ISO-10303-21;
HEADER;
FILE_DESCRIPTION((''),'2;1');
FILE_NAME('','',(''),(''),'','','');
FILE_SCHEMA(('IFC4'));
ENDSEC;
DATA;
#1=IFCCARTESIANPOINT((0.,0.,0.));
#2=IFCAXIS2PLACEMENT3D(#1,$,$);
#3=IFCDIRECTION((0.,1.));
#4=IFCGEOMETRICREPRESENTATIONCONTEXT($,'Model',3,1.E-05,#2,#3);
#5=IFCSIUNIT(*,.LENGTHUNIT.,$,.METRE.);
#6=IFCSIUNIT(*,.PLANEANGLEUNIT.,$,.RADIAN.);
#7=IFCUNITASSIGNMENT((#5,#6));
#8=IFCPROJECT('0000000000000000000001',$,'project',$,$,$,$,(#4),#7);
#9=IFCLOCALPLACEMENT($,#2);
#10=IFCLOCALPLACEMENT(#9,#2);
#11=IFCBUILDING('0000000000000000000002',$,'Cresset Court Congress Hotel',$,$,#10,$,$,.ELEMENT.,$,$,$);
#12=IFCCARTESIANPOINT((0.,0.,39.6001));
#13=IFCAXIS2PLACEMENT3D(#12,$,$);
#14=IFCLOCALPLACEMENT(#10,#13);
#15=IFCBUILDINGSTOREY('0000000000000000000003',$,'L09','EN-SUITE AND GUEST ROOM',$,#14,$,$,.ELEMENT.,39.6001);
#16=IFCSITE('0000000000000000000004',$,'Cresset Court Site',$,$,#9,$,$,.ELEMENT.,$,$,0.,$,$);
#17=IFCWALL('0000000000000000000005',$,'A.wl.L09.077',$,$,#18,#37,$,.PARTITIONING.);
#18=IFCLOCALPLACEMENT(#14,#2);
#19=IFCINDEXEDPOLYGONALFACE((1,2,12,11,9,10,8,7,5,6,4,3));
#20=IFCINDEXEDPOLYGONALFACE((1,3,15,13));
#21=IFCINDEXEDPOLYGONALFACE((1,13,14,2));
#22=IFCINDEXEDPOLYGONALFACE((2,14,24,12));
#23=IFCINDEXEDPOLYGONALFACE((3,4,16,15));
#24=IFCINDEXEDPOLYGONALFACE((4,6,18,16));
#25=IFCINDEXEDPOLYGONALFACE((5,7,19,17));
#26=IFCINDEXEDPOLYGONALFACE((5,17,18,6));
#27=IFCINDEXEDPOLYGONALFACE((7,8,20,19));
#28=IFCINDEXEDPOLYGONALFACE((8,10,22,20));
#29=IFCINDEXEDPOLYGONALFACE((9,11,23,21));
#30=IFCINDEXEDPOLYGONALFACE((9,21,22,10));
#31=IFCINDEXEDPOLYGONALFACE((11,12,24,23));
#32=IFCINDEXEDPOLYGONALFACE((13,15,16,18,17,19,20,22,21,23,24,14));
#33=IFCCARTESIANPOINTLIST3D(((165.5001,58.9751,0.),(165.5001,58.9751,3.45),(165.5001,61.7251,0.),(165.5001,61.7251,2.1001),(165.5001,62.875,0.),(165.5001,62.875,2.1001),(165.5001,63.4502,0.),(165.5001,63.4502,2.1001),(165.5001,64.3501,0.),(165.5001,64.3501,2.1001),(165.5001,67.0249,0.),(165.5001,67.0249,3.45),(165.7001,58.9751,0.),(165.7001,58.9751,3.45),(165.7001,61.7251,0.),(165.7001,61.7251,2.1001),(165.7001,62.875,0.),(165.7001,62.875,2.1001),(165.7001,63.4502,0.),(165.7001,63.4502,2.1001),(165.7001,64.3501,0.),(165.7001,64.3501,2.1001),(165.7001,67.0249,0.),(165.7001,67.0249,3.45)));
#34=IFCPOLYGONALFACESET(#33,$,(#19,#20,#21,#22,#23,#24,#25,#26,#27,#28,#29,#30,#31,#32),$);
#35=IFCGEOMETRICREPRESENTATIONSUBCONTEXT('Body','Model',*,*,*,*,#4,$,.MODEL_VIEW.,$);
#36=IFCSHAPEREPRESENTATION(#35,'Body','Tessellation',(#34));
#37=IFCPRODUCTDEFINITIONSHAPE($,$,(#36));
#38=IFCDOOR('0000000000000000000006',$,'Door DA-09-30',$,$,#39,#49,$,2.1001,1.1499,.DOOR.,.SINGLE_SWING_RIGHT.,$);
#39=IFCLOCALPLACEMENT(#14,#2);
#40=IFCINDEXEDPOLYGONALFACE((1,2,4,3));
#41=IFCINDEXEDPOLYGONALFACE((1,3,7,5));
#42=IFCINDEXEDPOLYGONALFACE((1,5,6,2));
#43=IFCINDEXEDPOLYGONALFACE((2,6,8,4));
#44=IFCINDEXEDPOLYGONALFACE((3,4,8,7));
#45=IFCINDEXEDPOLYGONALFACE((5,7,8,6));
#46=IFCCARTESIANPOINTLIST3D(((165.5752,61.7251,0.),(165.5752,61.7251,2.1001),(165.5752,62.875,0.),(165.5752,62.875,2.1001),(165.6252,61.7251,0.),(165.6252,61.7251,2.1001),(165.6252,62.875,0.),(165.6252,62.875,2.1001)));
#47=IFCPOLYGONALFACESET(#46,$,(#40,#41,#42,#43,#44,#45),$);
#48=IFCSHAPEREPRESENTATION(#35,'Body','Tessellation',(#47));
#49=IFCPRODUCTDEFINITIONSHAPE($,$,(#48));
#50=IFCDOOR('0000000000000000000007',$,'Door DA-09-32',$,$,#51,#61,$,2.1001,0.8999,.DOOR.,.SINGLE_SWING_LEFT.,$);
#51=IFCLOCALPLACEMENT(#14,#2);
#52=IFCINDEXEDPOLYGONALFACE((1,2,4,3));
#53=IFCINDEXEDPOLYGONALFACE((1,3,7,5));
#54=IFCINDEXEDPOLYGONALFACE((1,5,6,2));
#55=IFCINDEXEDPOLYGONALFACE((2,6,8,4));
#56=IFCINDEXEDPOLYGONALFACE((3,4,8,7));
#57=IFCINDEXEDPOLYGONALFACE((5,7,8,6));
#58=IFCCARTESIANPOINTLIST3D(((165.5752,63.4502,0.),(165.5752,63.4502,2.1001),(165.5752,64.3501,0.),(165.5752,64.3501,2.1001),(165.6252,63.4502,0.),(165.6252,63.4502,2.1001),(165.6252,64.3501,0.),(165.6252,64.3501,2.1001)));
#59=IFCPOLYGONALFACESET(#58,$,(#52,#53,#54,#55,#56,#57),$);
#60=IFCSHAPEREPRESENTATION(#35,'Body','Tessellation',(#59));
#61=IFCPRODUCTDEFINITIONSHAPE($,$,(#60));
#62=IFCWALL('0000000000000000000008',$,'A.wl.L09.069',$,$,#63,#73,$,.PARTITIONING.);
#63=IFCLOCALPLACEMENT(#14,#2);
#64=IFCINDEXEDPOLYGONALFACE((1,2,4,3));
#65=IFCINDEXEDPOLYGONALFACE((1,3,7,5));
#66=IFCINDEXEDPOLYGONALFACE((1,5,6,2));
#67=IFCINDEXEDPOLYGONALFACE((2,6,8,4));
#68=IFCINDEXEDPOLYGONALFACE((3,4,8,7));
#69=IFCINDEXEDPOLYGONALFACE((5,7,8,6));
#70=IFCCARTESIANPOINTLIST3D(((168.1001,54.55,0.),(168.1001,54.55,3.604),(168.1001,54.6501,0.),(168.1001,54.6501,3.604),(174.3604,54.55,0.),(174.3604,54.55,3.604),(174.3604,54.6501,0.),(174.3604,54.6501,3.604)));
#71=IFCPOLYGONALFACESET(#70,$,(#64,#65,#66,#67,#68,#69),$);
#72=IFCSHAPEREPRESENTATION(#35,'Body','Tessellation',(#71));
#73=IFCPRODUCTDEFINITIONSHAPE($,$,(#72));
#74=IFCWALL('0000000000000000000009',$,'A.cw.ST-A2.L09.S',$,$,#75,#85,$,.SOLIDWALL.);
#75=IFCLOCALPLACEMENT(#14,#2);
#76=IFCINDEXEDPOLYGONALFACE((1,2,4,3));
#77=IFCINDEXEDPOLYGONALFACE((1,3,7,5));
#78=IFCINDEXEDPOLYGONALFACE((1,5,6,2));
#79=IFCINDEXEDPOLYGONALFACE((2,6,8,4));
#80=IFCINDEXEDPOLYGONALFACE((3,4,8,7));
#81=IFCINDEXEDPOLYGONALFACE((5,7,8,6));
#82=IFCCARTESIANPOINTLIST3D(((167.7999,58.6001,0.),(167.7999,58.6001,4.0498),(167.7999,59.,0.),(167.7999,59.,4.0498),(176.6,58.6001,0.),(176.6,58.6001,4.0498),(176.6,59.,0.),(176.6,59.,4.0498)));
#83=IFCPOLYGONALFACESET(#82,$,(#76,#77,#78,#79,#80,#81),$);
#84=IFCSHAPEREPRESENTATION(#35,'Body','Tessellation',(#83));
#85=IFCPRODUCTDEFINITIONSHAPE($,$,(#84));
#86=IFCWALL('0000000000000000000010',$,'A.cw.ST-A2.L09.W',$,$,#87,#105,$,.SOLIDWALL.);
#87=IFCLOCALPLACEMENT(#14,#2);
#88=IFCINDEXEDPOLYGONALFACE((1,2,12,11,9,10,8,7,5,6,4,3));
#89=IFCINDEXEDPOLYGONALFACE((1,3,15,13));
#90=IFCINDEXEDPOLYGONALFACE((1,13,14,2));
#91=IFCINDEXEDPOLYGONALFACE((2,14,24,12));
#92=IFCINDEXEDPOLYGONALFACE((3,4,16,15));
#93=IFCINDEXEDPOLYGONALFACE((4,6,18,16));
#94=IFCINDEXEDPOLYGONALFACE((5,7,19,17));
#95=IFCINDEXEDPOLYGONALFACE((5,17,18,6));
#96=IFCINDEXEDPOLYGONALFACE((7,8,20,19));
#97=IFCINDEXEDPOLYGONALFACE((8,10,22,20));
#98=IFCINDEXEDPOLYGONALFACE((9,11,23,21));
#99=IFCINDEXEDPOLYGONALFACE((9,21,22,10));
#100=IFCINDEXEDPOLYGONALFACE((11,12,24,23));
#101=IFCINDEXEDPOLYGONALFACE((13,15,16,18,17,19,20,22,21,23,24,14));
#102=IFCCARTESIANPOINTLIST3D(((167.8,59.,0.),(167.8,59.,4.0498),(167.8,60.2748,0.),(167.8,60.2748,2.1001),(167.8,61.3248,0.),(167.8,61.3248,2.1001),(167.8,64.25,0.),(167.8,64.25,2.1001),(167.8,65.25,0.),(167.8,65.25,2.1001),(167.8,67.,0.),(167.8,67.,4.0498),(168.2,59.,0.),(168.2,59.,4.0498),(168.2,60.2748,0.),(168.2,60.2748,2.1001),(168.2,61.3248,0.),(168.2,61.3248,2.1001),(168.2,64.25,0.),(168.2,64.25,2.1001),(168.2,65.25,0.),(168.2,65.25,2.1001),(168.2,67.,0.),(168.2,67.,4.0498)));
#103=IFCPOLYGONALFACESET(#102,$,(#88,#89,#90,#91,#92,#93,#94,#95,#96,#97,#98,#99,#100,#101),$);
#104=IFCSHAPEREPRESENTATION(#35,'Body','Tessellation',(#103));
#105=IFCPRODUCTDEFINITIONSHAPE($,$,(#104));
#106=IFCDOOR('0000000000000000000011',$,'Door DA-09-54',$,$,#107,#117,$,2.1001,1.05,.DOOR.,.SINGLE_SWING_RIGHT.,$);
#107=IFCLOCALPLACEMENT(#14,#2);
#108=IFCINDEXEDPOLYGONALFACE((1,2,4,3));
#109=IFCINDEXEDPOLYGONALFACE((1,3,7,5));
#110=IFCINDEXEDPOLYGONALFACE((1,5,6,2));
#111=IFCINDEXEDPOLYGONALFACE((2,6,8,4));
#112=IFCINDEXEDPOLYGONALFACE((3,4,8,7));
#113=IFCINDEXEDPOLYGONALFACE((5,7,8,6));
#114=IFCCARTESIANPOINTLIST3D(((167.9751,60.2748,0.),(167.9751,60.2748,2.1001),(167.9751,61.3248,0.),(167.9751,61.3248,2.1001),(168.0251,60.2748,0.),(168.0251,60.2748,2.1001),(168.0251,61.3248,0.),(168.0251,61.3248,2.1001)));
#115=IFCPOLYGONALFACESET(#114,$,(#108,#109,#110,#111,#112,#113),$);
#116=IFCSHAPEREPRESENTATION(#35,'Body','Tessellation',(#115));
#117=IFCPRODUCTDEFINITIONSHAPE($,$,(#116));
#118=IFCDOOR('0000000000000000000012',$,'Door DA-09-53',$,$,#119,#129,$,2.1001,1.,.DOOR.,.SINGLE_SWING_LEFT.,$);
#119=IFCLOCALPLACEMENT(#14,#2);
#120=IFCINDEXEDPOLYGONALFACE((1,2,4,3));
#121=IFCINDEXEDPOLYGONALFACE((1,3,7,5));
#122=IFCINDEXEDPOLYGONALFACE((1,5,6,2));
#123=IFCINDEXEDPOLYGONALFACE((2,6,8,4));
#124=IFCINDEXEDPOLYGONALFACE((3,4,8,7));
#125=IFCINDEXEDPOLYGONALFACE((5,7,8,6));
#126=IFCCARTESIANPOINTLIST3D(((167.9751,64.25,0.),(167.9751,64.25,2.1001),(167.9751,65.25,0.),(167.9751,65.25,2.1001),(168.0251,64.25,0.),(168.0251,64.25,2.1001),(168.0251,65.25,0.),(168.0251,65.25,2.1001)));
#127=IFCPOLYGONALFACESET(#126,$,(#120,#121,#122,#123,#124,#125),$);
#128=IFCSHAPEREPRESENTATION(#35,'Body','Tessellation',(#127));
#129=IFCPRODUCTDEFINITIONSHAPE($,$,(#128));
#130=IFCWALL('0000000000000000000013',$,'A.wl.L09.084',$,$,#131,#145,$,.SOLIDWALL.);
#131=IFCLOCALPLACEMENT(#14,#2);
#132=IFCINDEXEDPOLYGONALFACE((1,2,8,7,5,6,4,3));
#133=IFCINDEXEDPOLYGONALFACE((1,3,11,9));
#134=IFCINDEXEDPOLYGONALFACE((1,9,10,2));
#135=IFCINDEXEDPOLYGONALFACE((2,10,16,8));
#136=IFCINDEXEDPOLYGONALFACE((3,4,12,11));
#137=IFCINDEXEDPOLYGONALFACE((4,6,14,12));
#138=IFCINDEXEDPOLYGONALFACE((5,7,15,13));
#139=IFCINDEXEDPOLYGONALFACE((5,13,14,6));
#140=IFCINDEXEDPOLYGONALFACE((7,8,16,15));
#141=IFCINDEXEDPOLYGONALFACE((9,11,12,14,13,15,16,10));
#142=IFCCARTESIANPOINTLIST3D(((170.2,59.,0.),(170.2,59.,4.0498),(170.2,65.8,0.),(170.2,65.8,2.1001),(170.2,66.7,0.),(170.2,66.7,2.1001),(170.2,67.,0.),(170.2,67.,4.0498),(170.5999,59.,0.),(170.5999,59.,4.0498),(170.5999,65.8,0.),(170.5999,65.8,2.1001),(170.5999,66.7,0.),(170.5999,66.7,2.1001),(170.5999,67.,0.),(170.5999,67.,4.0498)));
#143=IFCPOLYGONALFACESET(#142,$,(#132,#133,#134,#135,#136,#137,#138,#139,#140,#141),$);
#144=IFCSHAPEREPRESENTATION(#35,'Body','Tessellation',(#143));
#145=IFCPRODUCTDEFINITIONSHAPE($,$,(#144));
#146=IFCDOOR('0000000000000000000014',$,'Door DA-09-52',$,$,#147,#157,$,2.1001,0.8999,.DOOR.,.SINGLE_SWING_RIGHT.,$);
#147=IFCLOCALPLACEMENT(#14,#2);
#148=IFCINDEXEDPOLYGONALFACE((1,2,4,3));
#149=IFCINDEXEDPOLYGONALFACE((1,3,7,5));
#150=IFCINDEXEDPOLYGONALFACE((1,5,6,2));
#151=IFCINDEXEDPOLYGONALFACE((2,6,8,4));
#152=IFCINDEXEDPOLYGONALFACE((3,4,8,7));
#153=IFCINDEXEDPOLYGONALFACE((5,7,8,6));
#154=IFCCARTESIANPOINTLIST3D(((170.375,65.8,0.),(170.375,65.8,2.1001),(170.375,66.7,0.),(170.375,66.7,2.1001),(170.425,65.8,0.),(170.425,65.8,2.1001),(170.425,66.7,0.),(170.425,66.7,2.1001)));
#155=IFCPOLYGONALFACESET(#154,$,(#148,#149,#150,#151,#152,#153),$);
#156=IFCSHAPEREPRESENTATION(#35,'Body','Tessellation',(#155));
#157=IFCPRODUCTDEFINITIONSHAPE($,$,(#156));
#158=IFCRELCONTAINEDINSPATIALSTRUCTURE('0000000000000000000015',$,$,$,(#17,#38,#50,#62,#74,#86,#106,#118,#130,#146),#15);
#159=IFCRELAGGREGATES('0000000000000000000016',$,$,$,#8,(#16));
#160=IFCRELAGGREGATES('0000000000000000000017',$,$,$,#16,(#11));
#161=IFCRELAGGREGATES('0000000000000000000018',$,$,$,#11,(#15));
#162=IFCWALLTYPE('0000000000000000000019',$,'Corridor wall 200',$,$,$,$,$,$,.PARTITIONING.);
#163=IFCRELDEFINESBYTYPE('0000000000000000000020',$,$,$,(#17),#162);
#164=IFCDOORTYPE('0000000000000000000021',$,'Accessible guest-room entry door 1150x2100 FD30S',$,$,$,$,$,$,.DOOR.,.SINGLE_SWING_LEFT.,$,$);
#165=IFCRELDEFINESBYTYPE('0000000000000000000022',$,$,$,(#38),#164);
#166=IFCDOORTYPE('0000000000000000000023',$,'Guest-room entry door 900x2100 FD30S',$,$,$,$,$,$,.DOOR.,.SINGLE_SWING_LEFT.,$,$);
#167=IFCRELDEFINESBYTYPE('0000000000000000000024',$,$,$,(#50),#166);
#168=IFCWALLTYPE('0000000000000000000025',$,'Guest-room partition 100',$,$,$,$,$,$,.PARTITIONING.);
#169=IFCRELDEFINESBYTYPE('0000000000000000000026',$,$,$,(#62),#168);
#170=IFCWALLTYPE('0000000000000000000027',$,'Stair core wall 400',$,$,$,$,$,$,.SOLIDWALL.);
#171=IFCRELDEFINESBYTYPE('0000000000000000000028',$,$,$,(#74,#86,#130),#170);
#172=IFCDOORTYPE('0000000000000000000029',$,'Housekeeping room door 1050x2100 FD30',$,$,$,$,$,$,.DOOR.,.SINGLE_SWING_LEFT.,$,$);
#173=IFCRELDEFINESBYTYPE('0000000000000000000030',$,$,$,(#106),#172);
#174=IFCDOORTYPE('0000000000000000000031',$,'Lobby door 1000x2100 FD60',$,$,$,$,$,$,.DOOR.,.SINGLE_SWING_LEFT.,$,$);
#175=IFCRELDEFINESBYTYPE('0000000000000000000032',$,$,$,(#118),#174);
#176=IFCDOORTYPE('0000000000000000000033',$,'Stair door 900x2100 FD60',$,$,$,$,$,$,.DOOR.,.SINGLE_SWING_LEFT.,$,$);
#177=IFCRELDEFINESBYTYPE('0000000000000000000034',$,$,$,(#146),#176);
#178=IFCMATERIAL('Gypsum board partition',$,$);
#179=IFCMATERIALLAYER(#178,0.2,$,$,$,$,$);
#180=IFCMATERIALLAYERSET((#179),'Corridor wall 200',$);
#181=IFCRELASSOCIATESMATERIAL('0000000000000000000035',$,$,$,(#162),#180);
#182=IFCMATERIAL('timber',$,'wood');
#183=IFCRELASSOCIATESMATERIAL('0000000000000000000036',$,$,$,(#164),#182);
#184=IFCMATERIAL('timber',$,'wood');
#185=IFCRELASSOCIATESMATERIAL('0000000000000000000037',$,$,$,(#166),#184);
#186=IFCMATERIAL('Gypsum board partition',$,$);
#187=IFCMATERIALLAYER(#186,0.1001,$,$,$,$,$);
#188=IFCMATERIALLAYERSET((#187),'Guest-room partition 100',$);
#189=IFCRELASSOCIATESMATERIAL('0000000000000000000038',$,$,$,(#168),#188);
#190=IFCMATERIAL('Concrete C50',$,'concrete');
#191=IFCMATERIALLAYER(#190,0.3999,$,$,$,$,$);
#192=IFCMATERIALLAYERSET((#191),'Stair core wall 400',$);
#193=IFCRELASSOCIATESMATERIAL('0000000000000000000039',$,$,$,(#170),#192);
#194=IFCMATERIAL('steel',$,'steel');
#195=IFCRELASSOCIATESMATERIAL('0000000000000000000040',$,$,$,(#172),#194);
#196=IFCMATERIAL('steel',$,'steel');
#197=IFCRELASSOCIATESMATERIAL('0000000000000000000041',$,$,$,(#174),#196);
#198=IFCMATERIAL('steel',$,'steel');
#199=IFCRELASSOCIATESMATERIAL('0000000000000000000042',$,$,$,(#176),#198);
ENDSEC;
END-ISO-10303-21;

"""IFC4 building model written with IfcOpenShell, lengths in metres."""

from ifc_helpers import new_model, si_unit, direction, frame, frame_2d, origin, place, context, subcontext, project, spatial, rectangle, extrude, material, layer, layer_set, type_object, element, fill, save


model = new_model("IFC4")

# Units and contexts
model_context = context("Model", 3, precision=1e-05, world=origin(), true_north=direction((0.0, 1.0)))
body_context = subcontext(model_context, "Body", "Model", "MODEL_VIEW")
ifc_project = project(units=[si_unit("LENGTHUNIT", "METRE"), si_unit("PLANEANGLEUNIT", "RADIAN")], contexts=[model_context])

# Site, building, storey
site_placement = place(None, origin())
site = spatial("IfcSite", under=ifc_project, at=site_placement, Name="Cresset Court Site", CompositionType="ELEMENT", RefElevation=0.0)
building_placement = place(site_placement, origin())
building = spatial("IfcBuilding", under=site, at=building_placement, Name="Cresset Court Congress Hotel", CompositionType="ELEMENT")
storey_placement = place(building_placement, frame((0.0, 0.0, 39.6001)))
storey = spatial("IfcBuildingStorey", under=building, at=storey_placement, Name="L09", Description="EN-SUITE AND GUEST ROOM", CompositionType="ELEMENT", Elevation=39.6001)

# Wall, openings, doors
ifc_material_1 = material(Name="Gypsum board partition")
ifc_layer_1 = layer(ifc_material_1, 0.2)
ifc_layer_set_1 = layer_set([ifc_layer_1], Name="Corridor wall 200")
wall_type_1 = type_object("IfcWallType", Name="Corridor wall 200", PredefinedType="PARTITIONING", material=ifc_layer_set_1)
wall_1_placement = place(storey_placement, frame((165.6001, 58.9751, 0.0), z_axis=(0.0, 0.0, 1.0), x_axis=(0.0, 1.0, 0.0)))
wall_1 = element("IfcWall", 1, at=wall_1_placement, inside=storey, type_object=wall_type_1, Name="A.wl.L09.077", PredefinedType="PARTITIONING", context=body_context, shape_type="SweptSolid", body=[
    extrude(rectangle(XDim=8.0498, YDim=0.2, at=frame_2d((4.0249, 0.0))), origin(), (0.0, 0.0, 1.0), 3.45),
])
opening_1_placement = place(wall_1_placement, frame((2.75, 0.0, 0.0)))
opening_1 = element("IfcOpeningElement", 2, at=opening_1_placement, cuts=wall_1, PredefinedType="OPENING", context=body_context, shape_type="SweptSolid", body=[
    extrude(rectangle(XDim=1.1499, YDim=2.1001, at=frame_2d((0.575, 1.05))), frame((0.0, 0.1099, 0.0), z_axis=(0.0, -1.0, 0.0), x_axis=(1.0, 0.0, 0.0)), (0.0, 0.0, 1.0), 0.22),
])
opening_2_placement = place(wall_1_placement, frame((4.4751, 0.0, 0.0)))
opening_2 = element("IfcOpeningElement", 3, at=opening_2_placement, cuts=wall_1, PredefinedType="OPENING", context=body_context, shape_type="SweptSolid", body=[
    extrude(rectangle(XDim=0.8999, YDim=2.1001, at=frame_2d((0.45, 1.05))), frame((0.0, 0.1099, 0.0), z_axis=(0.0, -1.0, 0.0), x_axis=(1.0, 0.0, 0.0)), (0.0, 0.0, 1.0), 0.22),
])
ifc_material_2 = material(Name="timber", Category="wood")
door_type_1 = type_object("IfcDoorType", Name="Accessible guest-room entry door 1150x2100 FD30S", OperationType="SINGLE_SWING_LEFT", PredefinedType="DOOR", material=ifc_material_2)
door_1_placement = place(opening_1_placement, origin())
door_1 = element("IfcDoor", 4, at=door_1_placement, inside=storey, type_object=door_type_1, Name="Door DA-09-30", OperationType="SINGLE_SWING_RIGHT", OverallHeight=2.1001, OverallWidth=1.1499, PredefinedType="DOOR", context=body_context, shape_type="SweptSolid", body=[
    extrude(rectangle(XDim=1.1499, YDim=2.1001, at=frame_2d((0.575, 1.05))), frame((0.0, 0.0249, 0.0), z_axis=(0.0, -1.0, 0.0), x_axis=(1.0, 0.0, 0.0)), (0.0, 0.0, 1.0), 0.05),
])
fill(opening_1, door_1)
ifc_material_3 = material(Name="timber", Category="wood")
door_type_2 = type_object("IfcDoorType", Name="Guest-room entry door 900x2100 FD30S", OperationType="SINGLE_SWING_LEFT", PredefinedType="DOOR", material=ifc_material_3)
door_2_placement = place(opening_2_placement, origin())
door_2 = element("IfcDoor", 5, at=door_2_placement, inside=storey, type_object=door_type_2, Name="Door DA-09-32", OperationType="SINGLE_SWING_LEFT", OverallHeight=2.1001, OverallWidth=0.8999, PredefinedType="DOOR", context=body_context, shape_type="SweptSolid", body=[
    extrude(rectangle(XDim=0.8999, YDim=2.1001, at=frame_2d((0.45, 1.05))), frame((0.0, 0.0249, 0.0), z_axis=(0.0, -1.0, 0.0), x_axis=(1.0, 0.0, 0.0)), (0.0, 0.0, 1.0), 0.05),
])
fill(opening_2, door_2)

# Walls
ifc_material_4 = material(Name="Gypsum board partition")
ifc_layer_2 = layer(ifc_material_4, 0.1001)
ifc_layer_set_2 = layer_set([ifc_layer_2], Name="Guest-room partition 100")
wall_type_2 = type_object("IfcWallType", Name="Guest-room partition 100", PredefinedType="PARTITIONING", material=ifc_layer_set_2)
wall_2_placement = place(storey_placement, frame((168.1001, 54.6001, 0.0), z_axis=(0.0, 0.0, 1.0), x_axis=(1.0, 0.0, 0.0)))
element("IfcWall", 6, at=wall_2_placement, inside=storey, type_object=wall_type_2, Name="A.wl.L09.069", PredefinedType="PARTITIONING", context=body_context, shape_type="SweptSolid", body=[
    extrude(rectangle(XDim=6.2603, YDim=0.1001, at=frame_2d((3.1301, 0.0))), origin(), (0.0, 0.0, 1.0), 3.604),
])
ifc_material_5 = material(Name="Concrete C50", Category="concrete")
ifc_layer_3 = layer(ifc_material_5, 0.3999)
ifc_layer_set_3 = layer_set([ifc_layer_3], Name="Stair core wall 400")
wall_type_3 = type_object("IfcWallType", Name="Stair core wall 400", PredefinedType="SOLIDWALL", material=ifc_layer_set_3)
wall_3_placement = place(storey_placement, frame((167.8, 58.8, 0.0), z_axis=(0.0, 0.0, 1.0), x_axis=(1.0, 0.0, 0.0)))
element("IfcWall", 7, at=wall_3_placement, inside=storey, type_object=wall_type_3, Name="A.cw.ST-A2.L09.S", PredefinedType="SOLIDWALL", context=body_context, shape_type="SweptSolid", body=[
    extrude(rectangle(XDim=8.8, YDim=0.3999, at=frame_2d((4.3999, 0.0))), origin(), (0.0, 0.0, 1.0), 4.0498),
])

# Wall, openings, doors
wall_4_placement = place(storey_placement, frame((168.0, 59.0, 0.0), z_axis=(0.0, 0.0, 1.0), x_axis=(0.0, 1.0, 0.0)))
wall_4 = element("IfcWall", 8, at=wall_4_placement, inside=storey, type_object=wall_type_3, Name="A.cw.ST-A2.L09.W", PredefinedType="SOLIDWALL", context=body_context, shape_type="SweptSolid", body=[
    extrude(rectangle(XDim=8.0, YDim=0.3999, at=frame_2d((4.0, 0.0))), origin(), (0.0, 0.0, 1.0), 4.0498),
])
opening_3_placement = place(wall_4_placement, frame((5.25, 0.0, 0.0)))
opening_3 = element("IfcOpeningElement", 9, at=opening_3_placement, cuts=wall_4, PredefinedType="OPENING", context=body_context, shape_type="SweptSolid", body=[
    extrude(rectangle(XDim=1.0, YDim=2.1001, at=frame_2d((0.5, 1.05))), frame((0.0, 0.21, 0.0), z_axis=(0.0, -1.0, 0.0), x_axis=(1.0, 0.0, 0.0)), (0.0, 0.0, 1.0), 0.4199),
])
opening_4_placement = place(wall_4_placement, frame((1.2749, 0.0, 0.0)))
opening_4 = element("IfcOpeningElement", 10, at=opening_4_placement, cuts=wall_4, PredefinedType="OPENING", context=body_context, shape_type="SweptSolid", body=[
    extrude(rectangle(XDim=1.05, YDim=2.1001, at=frame_2d((0.5249, 1.05))), frame((0.0, 0.21, 0.0), z_axis=(0.0, -1.0, 0.0), x_axis=(1.0, 0.0, 0.0)), (0.0, 0.0, 1.0), 0.4199),
])
ifc_material_6 = material(Name="steel", Category="steel")
door_type_3 = type_object("IfcDoorType", Name="Housekeeping room door 1050x2100 FD30", OperationType="SINGLE_SWING_LEFT", PredefinedType="DOOR", material=ifc_material_6)
door_3_placement = place(opening_4_placement, origin())
door_3 = element("IfcDoor", 11, at=door_3_placement, inside=storey, type_object=door_type_3, Name="Door DA-09-54", OperationType="SINGLE_SWING_RIGHT", OverallHeight=2.1001, OverallWidth=1.05, PredefinedType="DOOR", context=body_context, shape_type="SweptSolid", body=[
    extrude(rectangle(XDim=1.05, YDim=2.1001, at=frame_2d((0.5249, 1.05))), frame((0.0, 0.0249, 0.0), z_axis=(0.0, -1.0, 0.0), x_axis=(1.0, 0.0, 0.0)), (0.0, 0.0, 1.0), 0.05),
])
fill(opening_4, door_3)
ifc_material_7 = material(Name="steel", Category="steel")
door_type_4 = type_object("IfcDoorType", Name="Lobby door 1000x2100 FD60", OperationType="SINGLE_SWING_LEFT", PredefinedType="DOOR", material=ifc_material_7)
door_4_placement = place(opening_3_placement, origin())
door_4 = element("IfcDoor", 12, at=door_4_placement, inside=storey, type_object=door_type_4, Name="Door DA-09-53", OperationType="SINGLE_SWING_LEFT", OverallHeight=2.1001, OverallWidth=1.0, PredefinedType="DOOR", context=body_context, shape_type="SweptSolid", body=[
    extrude(rectangle(XDim=1.0, YDim=2.1001, at=frame_2d((0.5, 1.05))), frame((0.0, 0.0249, 0.0), z_axis=(0.0, -1.0, 0.0), x_axis=(1.0, 0.0, 0.0)), (0.0, 0.0, 1.0), 0.05),
])
fill(opening_3, door_4)

# Wall, opening, door
wall_5_placement = place(storey_placement, frame((170.3999, 59.0, 0.0), z_axis=(0.0, 0.0, 1.0), x_axis=(0.0, 1.0, 0.0)))
wall_5 = element("IfcWall", 13, at=wall_5_placement, inside=storey, type_object=wall_type_3, Name="A.wl.L09.084", PredefinedType="SOLIDWALL", context=body_context, shape_type="SweptSolid", body=[
    extrude(rectangle(XDim=8.0, YDim=0.3999, at=frame_2d((4.0, 0.0))), origin(), (0.0, 0.0, 1.0), 4.0498),
])
opening_5_placement = place(wall_5_placement, frame((6.8, 0.0, 0.0)))
opening_5 = element("IfcOpeningElement", 14, at=opening_5_placement, cuts=wall_5, PredefinedType="OPENING", context=body_context, shape_type="SweptSolid", body=[
    extrude(rectangle(XDim=0.8999, YDim=2.1001, at=frame_2d((0.45, 1.05))), frame((0.0, 0.21, 0.0), z_axis=(0.0, -1.0, 0.0), x_axis=(1.0, 0.0, 0.0)), (0.0, 0.0, 1.0), 0.4199),
])
ifc_material_8 = material(Name="steel", Category="steel")
door_type_5 = type_object("IfcDoorType", Name="Stair door 900x2100 FD60", OperationType="SINGLE_SWING_LEFT", PredefinedType="DOOR", material=ifc_material_8)
door_5_placement = place(opening_5_placement, origin())
door_5 = element("IfcDoor", 15, at=door_5_placement, inside=storey, type_object=door_type_5, Name="Door DA-09-52", OperationType="SINGLE_SWING_RIGHT", OverallHeight=2.1001, OverallWidth=0.8999, PredefinedType="DOOR", context=body_context, shape_type="SweptSolid", body=[
    extrude(rectangle(XDim=0.8999, YDim=2.1001, at=frame_2d((0.45, 1.05))), frame((0.0, 0.0249, 0.0), z_axis=(0.0, -1.0, 0.0), x_axis=(1.0, 0.0, 0.0)), (0.0, 0.0, 1.0), 0.05),
])
fill(opening_5, door_5)

save(model, "model.ifc")
